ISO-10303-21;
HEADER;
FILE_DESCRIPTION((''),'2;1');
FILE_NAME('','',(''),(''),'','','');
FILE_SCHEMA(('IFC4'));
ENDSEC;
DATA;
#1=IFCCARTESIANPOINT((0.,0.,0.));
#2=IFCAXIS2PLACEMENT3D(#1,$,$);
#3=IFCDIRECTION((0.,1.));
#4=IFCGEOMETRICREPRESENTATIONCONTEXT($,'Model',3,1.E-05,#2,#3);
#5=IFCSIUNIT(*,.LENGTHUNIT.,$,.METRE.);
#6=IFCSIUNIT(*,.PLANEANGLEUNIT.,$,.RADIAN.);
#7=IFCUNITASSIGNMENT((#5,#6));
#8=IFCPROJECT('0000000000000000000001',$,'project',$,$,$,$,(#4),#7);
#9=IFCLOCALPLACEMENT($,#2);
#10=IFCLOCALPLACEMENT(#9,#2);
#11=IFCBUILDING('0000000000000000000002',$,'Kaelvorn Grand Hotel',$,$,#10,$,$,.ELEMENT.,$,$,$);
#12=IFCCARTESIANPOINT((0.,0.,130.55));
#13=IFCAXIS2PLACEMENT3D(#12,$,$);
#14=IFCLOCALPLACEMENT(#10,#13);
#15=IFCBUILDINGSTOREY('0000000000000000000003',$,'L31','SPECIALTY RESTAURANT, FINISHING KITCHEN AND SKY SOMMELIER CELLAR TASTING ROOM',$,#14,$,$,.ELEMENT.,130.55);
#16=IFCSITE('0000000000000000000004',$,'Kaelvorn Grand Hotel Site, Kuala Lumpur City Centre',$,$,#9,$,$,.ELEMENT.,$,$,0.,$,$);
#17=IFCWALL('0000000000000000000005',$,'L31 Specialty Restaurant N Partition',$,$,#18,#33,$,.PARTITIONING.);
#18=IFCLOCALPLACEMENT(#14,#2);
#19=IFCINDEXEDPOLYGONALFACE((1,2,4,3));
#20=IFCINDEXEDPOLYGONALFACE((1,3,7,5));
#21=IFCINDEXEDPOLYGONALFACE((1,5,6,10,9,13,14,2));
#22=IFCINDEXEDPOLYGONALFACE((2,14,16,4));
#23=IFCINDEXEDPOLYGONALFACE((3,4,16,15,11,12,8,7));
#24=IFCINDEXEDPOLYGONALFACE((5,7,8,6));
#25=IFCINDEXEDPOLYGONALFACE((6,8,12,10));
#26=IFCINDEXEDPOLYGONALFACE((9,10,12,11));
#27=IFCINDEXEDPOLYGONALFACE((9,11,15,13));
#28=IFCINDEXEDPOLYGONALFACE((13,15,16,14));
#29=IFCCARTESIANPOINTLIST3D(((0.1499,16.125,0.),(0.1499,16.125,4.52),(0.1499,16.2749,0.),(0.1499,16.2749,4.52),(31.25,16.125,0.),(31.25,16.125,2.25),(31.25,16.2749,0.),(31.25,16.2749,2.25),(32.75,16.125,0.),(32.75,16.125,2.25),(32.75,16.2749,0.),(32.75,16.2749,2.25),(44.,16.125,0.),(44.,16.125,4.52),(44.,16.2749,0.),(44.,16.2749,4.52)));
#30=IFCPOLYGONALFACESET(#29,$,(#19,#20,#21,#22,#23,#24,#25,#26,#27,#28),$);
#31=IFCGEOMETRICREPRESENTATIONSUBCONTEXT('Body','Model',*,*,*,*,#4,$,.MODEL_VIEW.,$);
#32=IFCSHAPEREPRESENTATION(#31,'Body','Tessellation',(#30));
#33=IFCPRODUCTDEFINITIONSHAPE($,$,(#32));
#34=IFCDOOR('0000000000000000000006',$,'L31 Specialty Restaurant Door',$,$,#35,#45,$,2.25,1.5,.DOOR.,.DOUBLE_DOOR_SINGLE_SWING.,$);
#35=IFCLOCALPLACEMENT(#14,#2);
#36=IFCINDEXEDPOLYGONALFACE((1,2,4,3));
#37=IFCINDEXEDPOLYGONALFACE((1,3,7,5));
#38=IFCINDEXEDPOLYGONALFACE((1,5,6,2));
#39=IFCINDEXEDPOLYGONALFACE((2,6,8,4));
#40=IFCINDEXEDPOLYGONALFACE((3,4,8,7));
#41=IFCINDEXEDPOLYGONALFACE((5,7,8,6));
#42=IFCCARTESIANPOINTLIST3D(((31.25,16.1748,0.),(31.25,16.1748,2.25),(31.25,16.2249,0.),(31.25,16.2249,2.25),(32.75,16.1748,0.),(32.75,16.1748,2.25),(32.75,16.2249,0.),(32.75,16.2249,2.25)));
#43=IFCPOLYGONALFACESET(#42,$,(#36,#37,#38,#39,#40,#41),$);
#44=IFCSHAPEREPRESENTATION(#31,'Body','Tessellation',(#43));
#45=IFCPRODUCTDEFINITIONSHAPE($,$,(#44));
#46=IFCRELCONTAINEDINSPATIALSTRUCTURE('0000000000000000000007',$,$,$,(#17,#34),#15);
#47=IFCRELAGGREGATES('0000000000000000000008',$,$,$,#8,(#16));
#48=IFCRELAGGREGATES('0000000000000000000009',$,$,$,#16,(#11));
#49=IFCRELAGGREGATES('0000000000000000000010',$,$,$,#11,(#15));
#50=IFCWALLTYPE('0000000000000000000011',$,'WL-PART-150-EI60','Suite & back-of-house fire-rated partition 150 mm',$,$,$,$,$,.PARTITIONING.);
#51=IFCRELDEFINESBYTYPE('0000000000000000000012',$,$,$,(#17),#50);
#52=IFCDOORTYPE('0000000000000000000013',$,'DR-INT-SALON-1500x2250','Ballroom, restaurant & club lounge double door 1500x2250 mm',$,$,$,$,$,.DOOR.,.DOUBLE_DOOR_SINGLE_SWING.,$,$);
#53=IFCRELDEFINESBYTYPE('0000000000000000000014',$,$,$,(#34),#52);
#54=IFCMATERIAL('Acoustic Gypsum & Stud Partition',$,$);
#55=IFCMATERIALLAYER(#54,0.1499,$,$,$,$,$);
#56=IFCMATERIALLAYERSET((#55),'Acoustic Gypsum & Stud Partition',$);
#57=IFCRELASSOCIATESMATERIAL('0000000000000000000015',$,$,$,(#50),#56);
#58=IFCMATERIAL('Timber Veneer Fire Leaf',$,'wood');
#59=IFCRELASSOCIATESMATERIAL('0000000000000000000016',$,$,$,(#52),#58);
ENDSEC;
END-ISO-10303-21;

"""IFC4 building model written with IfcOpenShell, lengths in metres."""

from ifc_helpers import new_model, si_unit, direction, frame, frame_2d, origin, place, context, subcontext, project, spatial, rectangle, extrude, material, layer, layer_set, type_object, element, fill, save


model = new_model("IFC4")

# Units and contexts
model_context = context("Model", 3, precision=1e-05, world=origin(), true_north=direction((0.0, 1.0)))
body_context = subcontext(model_context, "Body", "Model", "MODEL_VIEW")
ifc_project = project(units=[si_unit("LENGTHUNIT", "METRE"), si_unit("PLANEANGLEUNIT", "RADIAN")], contexts=[model_context])

# Site, building, storey
site_placement = place(None, origin())
site = spatial("IfcSite", under=ifc_project, at=site_placement, Name="Kaelvorn Grand Hotel Site, Kuala Lumpur City Centre", CompositionType="ELEMENT", RefElevation=0.0)
building_placement = place(site_placement, origin())
building = spatial("IfcBuilding", under=site, at=building_placement, Name="Kaelvorn Grand Hotel", CompositionType="ELEMENT")
storey_placement = place(building_placement, frame((0.0, 0.0, 130.55)))
storey = spatial("IfcBuildingStorey", under=building, at=storey_placement, Name="L31", Description="SPECIALTY RESTAURANT, FINISHING KITCHEN AND SKY SOMMELIER CELLAR TASTING ROOM", CompositionType="ELEMENT", Elevation=130.55)

# Wall, opening, door
ifc_material_1 = material(Name="Acoustic Gypsum & Stud Partition")
ifc_layer_1 = layer(ifc_material_1, 0.1499)
ifc_layer_set_1 = layer_set([ifc_layer_1], Name="Acoustic Gypsum & Stud Partition")
wall_type_1 = type_object("IfcWallType", Name="WL-PART-150-EI60", Description="Suite & back-of-house fire-rated partition 150 mm", PredefinedType="PARTITIONING", material=ifc_layer_set_1)
wall_1_placement = place(storey_placement, frame((0.1499, 16.2, 0.0), z_axis=(0.0, 0.0, 1.0), x_axis=(1.0, 0.0, 0.0)))
wall_1 = element("IfcWall", 1, at=wall_1_placement, inside=storey, type_object=wall_type_1, Name="L31 Specialty Restaurant N Partition", PredefinedType="PARTITIONING", context=body_context, shape_type="SweptSolid", body=[
    extrude(rectangle(XDim=43.8501, YDim=0.1499, at=frame_2d((21.925, 0.0))), origin(), (0.0, 0.0, 1.0), 4.52),
])
opening_placement = place(wall_1_placement, frame((31.1001, 0.0, 0.0)))
opening = element("IfcOpeningElement", 2, at=opening_placement, cuts=wall_1, PredefinedType="OPENING", context=body_context, shape_type="SweptSolid", body=[
    extrude(rectangle(XDim=1.5, YDim=2.25, at=frame_2d((0.75, 1.125))), frame((0.0, 0.085, 0.0), z_axis=(0.0, -1.0, 0.0), x_axis=(1.0, 0.0, 0.0)), (0.0, 0.0, 1.0), 0.1699),
])
ifc_material_2 = material(Name="Timber Veneer Fire Leaf", Category="wood")
door_type = type_object("IfcDoorType", Name="DR-INT-SALON-1500x2250", Description="Ballroom, restaurant & club lounge double door 1500x2250 mm", OperationType="DOUBLE_DOOR_SINGLE_SWING", PredefinedType="DOOR", material=ifc_material_2)
door_placement = place(opening_placement, origin())
door = element("IfcDoor", 3, at=door_placement, inside=storey, type_object=door_type, Name="L31 Specialty Restaurant Door", OperationType="DOUBLE_DOOR_SINGLE_SWING", OverallHeight=2.25, OverallWidth=1.5, PredefinedType="DOOR", context=body_context, shape_type="SweptSolid", body=[
    extrude(rectangle(XDim=1.5, YDim=2.25, at=frame_2d((0.75, 1.125))), frame((0.0, 0.0249, 0.0), z_axis=(0.0, -1.0, 0.0), x_axis=(1.0, 0.0, 0.0)), (0.0, 0.0, 1.0), 0.05),
])
fill(opening, door)

save(model, "model.ifc")
